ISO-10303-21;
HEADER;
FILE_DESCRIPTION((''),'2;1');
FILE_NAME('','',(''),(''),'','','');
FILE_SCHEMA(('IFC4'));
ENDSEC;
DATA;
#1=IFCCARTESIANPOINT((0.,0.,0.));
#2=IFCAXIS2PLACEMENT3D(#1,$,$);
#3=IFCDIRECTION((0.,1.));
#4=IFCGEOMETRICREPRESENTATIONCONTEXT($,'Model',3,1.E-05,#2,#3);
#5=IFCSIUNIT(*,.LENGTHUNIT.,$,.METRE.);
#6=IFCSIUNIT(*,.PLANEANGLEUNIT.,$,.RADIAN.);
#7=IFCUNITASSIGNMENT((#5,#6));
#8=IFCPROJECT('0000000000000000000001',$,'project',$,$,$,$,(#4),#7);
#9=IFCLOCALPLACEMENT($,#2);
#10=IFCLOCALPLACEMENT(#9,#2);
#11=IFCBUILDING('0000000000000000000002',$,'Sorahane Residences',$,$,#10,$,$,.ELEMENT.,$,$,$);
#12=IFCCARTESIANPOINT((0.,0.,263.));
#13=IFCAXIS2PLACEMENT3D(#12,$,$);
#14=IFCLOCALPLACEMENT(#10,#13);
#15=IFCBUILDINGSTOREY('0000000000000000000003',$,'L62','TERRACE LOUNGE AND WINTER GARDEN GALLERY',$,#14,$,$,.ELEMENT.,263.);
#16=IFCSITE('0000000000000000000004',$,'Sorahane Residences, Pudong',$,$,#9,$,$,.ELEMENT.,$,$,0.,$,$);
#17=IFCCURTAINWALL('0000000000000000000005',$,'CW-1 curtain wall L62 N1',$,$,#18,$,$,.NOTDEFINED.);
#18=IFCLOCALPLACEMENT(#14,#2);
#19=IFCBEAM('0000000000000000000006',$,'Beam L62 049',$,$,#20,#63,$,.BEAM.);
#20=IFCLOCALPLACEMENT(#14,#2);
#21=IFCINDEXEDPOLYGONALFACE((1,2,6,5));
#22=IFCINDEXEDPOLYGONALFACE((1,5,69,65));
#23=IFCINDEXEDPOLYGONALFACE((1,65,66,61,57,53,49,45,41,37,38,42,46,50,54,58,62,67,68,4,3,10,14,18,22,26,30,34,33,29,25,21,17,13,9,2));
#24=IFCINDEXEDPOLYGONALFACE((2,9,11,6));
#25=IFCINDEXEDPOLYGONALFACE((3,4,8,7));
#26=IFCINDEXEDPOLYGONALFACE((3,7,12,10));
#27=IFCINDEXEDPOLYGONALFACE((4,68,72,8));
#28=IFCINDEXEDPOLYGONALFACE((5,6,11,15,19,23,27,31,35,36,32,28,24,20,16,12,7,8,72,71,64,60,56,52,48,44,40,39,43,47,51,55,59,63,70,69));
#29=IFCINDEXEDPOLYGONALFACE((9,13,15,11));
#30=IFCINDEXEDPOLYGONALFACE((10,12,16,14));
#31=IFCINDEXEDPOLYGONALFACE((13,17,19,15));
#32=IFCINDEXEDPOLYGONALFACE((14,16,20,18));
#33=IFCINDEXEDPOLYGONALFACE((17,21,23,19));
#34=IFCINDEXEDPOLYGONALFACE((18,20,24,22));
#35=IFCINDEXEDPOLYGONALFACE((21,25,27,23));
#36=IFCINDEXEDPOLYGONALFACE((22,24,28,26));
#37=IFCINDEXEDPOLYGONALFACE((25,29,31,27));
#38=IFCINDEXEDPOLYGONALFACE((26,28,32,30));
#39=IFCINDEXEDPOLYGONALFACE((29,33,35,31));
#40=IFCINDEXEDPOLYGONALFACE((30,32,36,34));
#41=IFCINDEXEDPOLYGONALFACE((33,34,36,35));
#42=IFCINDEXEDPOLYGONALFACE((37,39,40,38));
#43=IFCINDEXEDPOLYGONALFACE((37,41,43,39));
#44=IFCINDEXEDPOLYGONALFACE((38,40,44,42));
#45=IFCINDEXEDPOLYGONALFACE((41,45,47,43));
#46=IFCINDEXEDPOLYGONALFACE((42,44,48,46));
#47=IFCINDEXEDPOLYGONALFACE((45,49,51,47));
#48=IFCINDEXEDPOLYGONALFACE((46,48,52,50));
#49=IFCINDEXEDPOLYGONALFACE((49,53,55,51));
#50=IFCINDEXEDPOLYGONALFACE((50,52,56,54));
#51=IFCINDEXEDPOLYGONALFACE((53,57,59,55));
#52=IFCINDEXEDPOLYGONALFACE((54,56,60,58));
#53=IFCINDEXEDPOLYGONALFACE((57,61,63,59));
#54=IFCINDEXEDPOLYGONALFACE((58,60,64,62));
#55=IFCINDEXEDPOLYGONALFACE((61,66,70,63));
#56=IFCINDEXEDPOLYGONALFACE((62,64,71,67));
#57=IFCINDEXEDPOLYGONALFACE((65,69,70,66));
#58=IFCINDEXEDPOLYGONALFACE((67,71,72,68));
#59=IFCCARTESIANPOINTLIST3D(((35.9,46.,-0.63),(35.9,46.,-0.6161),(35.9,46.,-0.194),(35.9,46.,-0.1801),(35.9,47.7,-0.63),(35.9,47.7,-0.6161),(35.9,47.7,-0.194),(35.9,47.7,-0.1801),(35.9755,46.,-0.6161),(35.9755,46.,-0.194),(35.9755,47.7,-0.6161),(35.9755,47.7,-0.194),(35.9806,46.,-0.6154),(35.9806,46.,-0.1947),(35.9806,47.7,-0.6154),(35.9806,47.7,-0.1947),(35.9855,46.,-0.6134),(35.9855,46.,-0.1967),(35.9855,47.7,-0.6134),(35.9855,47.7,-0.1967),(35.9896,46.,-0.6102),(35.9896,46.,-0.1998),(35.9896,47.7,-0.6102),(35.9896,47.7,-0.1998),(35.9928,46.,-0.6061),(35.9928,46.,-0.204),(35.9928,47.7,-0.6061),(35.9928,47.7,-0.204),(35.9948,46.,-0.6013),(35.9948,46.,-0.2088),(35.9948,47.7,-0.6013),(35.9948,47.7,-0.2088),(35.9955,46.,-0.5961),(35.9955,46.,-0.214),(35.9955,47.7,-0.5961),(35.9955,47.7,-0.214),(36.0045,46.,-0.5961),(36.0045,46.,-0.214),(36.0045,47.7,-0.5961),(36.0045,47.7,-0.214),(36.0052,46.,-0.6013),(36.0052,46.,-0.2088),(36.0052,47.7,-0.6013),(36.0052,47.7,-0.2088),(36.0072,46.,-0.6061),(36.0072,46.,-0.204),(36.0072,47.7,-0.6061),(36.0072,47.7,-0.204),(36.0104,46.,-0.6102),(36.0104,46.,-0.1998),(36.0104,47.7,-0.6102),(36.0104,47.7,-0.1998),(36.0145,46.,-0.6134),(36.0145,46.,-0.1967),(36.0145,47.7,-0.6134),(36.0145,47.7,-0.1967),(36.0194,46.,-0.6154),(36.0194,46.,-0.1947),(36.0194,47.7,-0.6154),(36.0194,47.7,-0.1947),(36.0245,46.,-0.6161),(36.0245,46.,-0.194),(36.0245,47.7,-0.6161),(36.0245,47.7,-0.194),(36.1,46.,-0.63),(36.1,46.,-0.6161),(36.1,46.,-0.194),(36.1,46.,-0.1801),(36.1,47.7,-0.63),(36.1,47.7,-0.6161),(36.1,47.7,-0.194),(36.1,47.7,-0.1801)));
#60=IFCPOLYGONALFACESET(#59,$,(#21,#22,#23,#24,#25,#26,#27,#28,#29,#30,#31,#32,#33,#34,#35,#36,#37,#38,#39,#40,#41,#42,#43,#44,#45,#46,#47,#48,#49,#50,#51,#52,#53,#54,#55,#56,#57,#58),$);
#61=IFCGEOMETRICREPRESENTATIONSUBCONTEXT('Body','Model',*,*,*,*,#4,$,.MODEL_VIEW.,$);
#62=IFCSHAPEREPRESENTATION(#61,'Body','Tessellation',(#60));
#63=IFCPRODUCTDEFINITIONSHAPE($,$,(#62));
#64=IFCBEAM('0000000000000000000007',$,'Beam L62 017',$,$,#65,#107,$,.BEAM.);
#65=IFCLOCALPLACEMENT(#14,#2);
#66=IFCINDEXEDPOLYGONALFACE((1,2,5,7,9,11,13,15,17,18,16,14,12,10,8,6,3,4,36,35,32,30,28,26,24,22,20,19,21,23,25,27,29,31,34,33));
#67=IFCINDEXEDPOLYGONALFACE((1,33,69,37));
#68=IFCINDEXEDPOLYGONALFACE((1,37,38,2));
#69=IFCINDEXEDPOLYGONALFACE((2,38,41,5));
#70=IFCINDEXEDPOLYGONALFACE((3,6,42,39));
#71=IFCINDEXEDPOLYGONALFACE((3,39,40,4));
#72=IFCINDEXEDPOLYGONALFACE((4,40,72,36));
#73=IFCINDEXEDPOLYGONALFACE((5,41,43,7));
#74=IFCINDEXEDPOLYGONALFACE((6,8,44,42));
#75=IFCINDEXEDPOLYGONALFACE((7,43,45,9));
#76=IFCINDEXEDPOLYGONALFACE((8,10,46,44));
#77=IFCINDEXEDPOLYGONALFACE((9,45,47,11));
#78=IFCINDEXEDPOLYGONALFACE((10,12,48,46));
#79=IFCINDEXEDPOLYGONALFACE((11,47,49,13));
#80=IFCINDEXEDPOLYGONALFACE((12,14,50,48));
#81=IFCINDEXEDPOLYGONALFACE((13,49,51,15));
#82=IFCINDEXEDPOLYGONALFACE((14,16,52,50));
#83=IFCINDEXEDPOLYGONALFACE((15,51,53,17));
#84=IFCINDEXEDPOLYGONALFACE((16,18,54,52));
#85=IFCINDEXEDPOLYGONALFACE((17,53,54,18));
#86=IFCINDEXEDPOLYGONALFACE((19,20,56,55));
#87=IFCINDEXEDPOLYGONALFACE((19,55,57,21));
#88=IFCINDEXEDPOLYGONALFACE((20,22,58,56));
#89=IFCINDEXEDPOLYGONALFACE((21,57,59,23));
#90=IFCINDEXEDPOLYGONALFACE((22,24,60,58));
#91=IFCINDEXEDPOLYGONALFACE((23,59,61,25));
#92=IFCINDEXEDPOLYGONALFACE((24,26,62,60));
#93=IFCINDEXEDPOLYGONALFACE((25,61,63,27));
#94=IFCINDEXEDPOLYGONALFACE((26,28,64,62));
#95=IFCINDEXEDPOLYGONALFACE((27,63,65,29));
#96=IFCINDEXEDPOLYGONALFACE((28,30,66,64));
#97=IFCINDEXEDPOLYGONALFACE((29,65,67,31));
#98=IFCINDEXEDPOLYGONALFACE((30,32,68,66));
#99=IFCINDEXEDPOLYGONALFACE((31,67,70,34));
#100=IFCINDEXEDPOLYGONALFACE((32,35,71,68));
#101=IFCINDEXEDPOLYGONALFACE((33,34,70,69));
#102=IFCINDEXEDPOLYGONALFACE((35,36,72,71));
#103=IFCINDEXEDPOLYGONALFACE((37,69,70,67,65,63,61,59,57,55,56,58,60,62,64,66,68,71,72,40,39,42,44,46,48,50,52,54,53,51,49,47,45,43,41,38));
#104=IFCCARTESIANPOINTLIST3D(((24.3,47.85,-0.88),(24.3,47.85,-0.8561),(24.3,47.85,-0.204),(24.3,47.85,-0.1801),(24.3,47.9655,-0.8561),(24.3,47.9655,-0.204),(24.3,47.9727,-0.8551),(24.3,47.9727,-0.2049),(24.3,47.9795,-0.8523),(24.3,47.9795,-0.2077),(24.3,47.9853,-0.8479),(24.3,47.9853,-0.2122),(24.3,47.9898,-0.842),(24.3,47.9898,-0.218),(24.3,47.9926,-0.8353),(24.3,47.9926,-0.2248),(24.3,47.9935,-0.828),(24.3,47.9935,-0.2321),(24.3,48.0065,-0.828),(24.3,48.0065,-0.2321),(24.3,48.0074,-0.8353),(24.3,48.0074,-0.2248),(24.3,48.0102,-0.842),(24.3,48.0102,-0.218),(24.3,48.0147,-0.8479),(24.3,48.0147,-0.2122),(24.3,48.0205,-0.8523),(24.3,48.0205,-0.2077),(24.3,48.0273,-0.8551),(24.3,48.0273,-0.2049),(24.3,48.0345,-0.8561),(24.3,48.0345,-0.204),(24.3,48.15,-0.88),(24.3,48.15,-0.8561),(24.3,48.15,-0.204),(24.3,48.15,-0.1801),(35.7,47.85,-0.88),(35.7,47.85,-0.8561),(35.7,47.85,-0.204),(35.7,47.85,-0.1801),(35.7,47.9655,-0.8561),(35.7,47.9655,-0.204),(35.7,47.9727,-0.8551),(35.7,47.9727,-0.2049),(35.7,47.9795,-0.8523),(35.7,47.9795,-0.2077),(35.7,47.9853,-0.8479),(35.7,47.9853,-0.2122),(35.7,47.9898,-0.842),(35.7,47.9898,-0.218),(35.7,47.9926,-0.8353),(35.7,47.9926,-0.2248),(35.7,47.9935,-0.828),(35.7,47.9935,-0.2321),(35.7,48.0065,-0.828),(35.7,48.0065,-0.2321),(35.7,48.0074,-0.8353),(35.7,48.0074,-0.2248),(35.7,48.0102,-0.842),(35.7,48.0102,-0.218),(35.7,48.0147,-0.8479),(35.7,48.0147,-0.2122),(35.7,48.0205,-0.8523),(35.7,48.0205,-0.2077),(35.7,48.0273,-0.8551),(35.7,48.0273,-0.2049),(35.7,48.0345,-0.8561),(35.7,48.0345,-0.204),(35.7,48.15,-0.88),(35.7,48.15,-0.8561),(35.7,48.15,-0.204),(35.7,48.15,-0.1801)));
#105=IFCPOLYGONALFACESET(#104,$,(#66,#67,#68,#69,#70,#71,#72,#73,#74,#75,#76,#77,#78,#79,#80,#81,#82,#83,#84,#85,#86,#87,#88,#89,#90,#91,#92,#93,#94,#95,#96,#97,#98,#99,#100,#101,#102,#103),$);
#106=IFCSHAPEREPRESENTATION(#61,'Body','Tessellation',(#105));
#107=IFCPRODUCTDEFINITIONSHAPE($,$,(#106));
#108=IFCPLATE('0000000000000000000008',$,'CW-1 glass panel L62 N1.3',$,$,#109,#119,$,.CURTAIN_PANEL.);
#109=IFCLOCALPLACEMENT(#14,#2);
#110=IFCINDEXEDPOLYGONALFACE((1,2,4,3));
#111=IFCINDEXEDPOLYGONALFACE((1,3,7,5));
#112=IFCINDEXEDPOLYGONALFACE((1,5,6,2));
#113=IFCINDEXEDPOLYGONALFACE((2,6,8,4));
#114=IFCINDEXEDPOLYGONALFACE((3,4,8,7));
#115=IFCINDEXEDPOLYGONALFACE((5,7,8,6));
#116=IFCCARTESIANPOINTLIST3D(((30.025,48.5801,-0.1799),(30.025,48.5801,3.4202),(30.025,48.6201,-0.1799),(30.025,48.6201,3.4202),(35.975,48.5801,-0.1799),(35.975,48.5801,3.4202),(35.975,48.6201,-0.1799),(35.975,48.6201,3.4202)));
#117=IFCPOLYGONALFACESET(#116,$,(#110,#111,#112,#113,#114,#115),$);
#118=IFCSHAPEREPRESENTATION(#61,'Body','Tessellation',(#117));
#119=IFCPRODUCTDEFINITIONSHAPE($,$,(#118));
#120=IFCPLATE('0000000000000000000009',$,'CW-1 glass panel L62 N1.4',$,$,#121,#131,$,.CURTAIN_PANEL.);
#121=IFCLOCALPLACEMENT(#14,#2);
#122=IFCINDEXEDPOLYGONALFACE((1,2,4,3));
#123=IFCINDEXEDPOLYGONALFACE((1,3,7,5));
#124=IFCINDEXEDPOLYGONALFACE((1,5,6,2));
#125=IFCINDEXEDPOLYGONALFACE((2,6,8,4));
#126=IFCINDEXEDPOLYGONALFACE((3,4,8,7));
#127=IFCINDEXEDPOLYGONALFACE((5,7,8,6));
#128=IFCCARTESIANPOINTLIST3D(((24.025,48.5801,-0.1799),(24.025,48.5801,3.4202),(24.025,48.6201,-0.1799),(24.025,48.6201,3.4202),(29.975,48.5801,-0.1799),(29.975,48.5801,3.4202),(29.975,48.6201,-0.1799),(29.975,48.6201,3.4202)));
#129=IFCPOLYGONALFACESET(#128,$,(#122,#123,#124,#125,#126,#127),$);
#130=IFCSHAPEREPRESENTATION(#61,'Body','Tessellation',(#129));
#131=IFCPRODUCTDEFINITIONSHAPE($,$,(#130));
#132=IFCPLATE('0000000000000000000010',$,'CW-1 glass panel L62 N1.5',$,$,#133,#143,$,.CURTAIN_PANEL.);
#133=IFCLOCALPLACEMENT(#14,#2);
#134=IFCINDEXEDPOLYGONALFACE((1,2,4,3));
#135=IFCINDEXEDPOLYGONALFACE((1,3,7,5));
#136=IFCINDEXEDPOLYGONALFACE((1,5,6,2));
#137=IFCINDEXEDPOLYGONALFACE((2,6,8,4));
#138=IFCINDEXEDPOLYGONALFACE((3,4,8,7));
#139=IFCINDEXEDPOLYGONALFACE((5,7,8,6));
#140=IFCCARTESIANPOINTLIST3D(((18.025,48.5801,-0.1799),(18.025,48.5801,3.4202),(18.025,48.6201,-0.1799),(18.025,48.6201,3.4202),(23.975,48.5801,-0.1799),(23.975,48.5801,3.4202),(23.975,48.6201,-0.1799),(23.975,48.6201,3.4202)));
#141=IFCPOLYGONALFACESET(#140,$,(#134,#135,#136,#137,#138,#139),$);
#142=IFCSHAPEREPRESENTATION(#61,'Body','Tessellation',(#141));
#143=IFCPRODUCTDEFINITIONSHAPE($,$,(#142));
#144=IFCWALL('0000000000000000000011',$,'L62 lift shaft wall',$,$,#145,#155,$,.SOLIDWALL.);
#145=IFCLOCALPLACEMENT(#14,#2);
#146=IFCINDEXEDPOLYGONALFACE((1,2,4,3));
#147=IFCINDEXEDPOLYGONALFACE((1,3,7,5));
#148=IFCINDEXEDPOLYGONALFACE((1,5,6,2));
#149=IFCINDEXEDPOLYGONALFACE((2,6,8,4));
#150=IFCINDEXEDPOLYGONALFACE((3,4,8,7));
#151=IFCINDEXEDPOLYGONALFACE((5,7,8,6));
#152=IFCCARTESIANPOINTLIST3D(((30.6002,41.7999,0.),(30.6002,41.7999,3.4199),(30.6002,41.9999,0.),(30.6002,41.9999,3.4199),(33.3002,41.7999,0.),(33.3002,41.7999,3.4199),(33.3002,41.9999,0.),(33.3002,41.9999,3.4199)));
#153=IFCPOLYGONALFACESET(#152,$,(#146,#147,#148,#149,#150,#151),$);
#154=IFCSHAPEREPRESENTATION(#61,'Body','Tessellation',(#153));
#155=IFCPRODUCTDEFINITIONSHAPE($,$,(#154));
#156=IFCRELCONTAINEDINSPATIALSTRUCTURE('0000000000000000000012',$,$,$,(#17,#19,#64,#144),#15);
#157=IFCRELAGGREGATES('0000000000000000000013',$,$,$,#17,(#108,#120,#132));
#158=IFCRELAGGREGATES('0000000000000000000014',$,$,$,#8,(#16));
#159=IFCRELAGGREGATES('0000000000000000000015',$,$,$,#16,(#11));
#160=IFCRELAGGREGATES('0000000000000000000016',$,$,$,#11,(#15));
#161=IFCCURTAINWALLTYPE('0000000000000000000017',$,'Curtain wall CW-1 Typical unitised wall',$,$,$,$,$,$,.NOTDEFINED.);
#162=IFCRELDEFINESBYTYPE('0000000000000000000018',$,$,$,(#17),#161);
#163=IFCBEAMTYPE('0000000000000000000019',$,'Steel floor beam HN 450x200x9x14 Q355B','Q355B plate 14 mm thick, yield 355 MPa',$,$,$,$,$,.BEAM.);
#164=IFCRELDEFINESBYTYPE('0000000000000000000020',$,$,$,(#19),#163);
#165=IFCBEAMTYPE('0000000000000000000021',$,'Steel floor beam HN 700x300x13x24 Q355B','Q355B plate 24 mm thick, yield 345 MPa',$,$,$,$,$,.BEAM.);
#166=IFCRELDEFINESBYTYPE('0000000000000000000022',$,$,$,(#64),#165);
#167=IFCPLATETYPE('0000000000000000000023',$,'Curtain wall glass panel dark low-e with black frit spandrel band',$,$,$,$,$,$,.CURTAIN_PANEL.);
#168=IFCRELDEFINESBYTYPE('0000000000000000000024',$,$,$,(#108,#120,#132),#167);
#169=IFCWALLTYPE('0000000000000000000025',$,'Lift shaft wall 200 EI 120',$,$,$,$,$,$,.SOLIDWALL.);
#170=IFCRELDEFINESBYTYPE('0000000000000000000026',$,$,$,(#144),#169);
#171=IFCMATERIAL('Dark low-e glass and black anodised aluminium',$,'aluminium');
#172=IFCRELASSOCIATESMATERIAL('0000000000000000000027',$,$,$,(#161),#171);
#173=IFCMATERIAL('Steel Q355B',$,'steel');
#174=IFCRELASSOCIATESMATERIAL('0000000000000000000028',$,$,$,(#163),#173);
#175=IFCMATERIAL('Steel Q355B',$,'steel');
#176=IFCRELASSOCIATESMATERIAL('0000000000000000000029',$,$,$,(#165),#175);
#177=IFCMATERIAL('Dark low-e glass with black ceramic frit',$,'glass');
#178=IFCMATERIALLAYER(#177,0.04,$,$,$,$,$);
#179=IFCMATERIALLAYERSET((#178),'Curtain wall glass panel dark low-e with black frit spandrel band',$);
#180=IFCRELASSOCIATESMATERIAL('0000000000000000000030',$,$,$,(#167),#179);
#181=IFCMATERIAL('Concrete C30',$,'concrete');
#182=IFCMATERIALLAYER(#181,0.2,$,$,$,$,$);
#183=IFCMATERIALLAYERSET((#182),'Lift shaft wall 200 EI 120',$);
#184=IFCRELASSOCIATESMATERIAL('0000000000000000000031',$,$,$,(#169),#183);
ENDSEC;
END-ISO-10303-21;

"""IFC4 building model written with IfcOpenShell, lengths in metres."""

from ifc_helpers import new_model, si_unit, direction, frame, frame_2d, origin, origin_2d, place, context, subcontext, project, spatial, rectangle, i_section, extrude, material, layer, layer_set, material_profile, profile_set, type_object, element, aggregate, save


model = new_model("IFC4")

# Units and contexts
model_context = context("Model", 3, precision=1e-05, world=origin(), true_north=direction((0.0, 1.0)))
body_context = subcontext(model_context, "Body", "Model", "MODEL_VIEW")
ifc_project = project(units=[si_unit("LENGTHUNIT", "METRE"), si_unit("PLANEANGLEUNIT", "RADIAN")], contexts=[model_context])

# Site, building, storey
site_placement = place(None, origin())
site = spatial("IfcSite", under=ifc_project, at=site_placement, Name="Sorahane Residences, Pudong", CompositionType="ELEMENT", RefElevation=0.0)
building_placement = place(site_placement, origin())
building = spatial("IfcBuilding", under=site, at=building_placement, Name="Sorahane Residences", CompositionType="ELEMENT")
storey_placement = place(building_placement, frame((0.0, 0.0, 263.0)))
storey = spatial("IfcBuildingStorey", under=building, at=storey_placement, Name="L62", Description="TERRACE LOUNGE AND WINTER GARDEN GALLERY", CompositionType="ELEMENT", Elevation=263.0)

# Curtain wall
ifc_material_1 = material(Name="Dark low-e glass and black anodised aluminium", Category="aluminium")
curtain_wall_type = type_object("IfcCurtainWallType", Name="Curtain wall CW-1 Typical unitised wall", PredefinedType="NOTDEFINED", material=ifc_material_1)
curtain_wall_placement = place(storey_placement, origin())
curtain_wall = element("IfcCurtainWall", 1, at=curtain_wall_placement, inside=storey, type_object=curtain_wall_type, Name="CW-1 curtain wall L62 N1", PredefinedType="NOTDEFINED")

# Beams
ifc_material_2 = material(Name="Steel Q355B", Category="steel")
ifc_material_profile_1 = material_profile(ifc_material_2, i_section(OverallWidth=0.2, OverallDepth=0.45, WebThickness=0.009, FlangeThickness=0.0139, FilletRadius=0.02, at=origin_2d()), Name="HN 450x200x9x14")
ifc_profile_set_1 = profile_set([ifc_material_profile_1], Name="Steel Q355B")
beam_type_1 = type_object("IfcBeamType", Name="Steel floor beam HN 450x200x9x14 Q355B", Description="Q355B plate 14 mm thick, yield 355 MPa", PredefinedType="BEAM", material=ifc_profile_set_1)
beam_1_placement = place(storey_placement, frame((36.0, 46.0, -0.405), z_axis=(0.0, 1.0, 0.0), x_axis=(-1.0, 0.0, 0.0)))
element("IfcBeam", 2, at=beam_1_placement, inside=storey, type_object=beam_type_1, Name="Beam L62 049", PredefinedType="BEAM", context=body_context, shape_type="SweptSolid", body=[
    extrude(i_section(OverallWidth=0.2, OverallDepth=0.45, WebThickness=0.009, FlangeThickness=0.0139, FilletRadius=0.02, at=origin_2d()), origin(), (0.0, 0.0, 1.0), 1.7),
])
ifc_material_3 = material(Name="Steel Q355B", Category="steel")
ifc_material_profile_2 = material_profile(ifc_material_3, i_section(OverallWidth=0.3, OverallDepth=0.7, WebThickness=0.0129, FlangeThickness=0.0239, FilletRadius=0.0281, at=origin_2d()), Name="HN 700x300x13x24")
ifc_profile_set_2 = profile_set([ifc_material_profile_2], Name="Steel Q355B")
beam_type_2 = type_object("IfcBeamType", Name="Steel floor beam HN 700x300x13x24 Q355B", Description="Q355B plate 24 mm thick, yield 345 MPa", PredefinedType="BEAM", material=ifc_profile_set_2)
beam_2_placement = place(storey_placement, frame((24.3, 48.0, -0.53), z_axis=(1.0, 0.0, 0.0), x_axis=(0.0, 1.0, 0.0)))
element("IfcBeam", 3, at=beam_2_placement, inside=storey, type_object=beam_type_2, Name="Beam L62 017", PredefinedType="BEAM", context=body_context, shape_type="SweptSolid", body=[
    extrude(i_section(OverallWidth=0.3, OverallDepth=0.7, WebThickness=0.0129, FlangeThickness=0.0239, FilletRadius=0.0281, at=origin_2d()), origin(), (0.0, 0.0, 1.0), 11.3999),
])

# Plates
ifc_material_4 = material(Name="Dark low-e glass with black ceramic frit", Category="glass")
ifc_layer_1 = layer(ifc_material_4, 0.04)
ifc_layer_set_1 = layer_set([ifc_layer_1], Name="Curtain wall glass panel dark low-e with black frit spandrel band")
plate_type = type_object("IfcPlateType", Name="Curtain wall glass panel dark low-e with black frit spandrel band", PredefinedType="CURTAIN_PANEL", material=ifc_layer_set_1)
plate_1_placement = place(storey_placement, frame((33.0, 48.6001, -0.1799), z_axis=(0.0, 0.0, 1.0), x_axis=(-1.0, 0.0, 0.0)))
plate_1 = element("IfcPlate", 4, at=plate_1_placement, type_object=plate_type, Name="CW-1 glass panel L62 N1.3", PredefinedType="CURTAIN_PANEL", context=body_context, shape_type="SweptSolid", body=[
    extrude(rectangle(XDim=5.95, YDim=0.04, at=origin_2d()), origin(), (0.0, 0.0, 1.0), 3.6001),
])
plate_2_placement = place(storey_placement, frame((27.0, 48.6001, -0.1799), z_axis=(0.0, 0.0, 1.0), x_axis=(-1.0, 0.0, 0.0)))
plate_2 = element("IfcPlate", 5, at=plate_2_placement, type_object=plate_type, Name="CW-1 glass panel L62 N1.4", PredefinedType="CURTAIN_PANEL", context=body_context, shape_type="SweptSolid", body=[
    extrude(rectangle(XDim=5.95, YDim=0.04, at=origin_2d()), origin(), (0.0, 0.0, 1.0), 3.6001),
])
plate_3_placement = place(storey_placement, frame((21.0, 48.6001, -0.1799), z_axis=(0.0, 0.0, 1.0), x_axis=(-1.0, 0.0, 0.0)))
plate_3 = element("IfcPlate", 6, at=plate_3_placement, type_object=plate_type, Name="CW-1 glass panel L62 N1.5", PredefinedType="CURTAIN_PANEL", context=body_context, shape_type="SweptSolid", body=[
    extrude(rectangle(XDim=5.95, YDim=0.04, at=origin_2d()), origin(), (0.0, 0.0, 1.0), 3.6001),
])
aggregate(curtain_wall, [plate_1, plate_2, plate_3])

# Wall
ifc_material_5 = material(Name="Concrete C30", Category="concrete")
ifc_layer_2 = layer(ifc_material_5, 0.2)
ifc_layer_set_2 = layer_set([ifc_layer_2], Name="Lift shaft wall 200 EI 120")
wall_type = type_object("IfcWallType", Name="Lift shaft wall 200 EI 120", PredefinedType="SOLIDWALL", material=ifc_layer_set_2)
wall_placement = place(storey_placement, frame((30.6001, 41.8999, 0.0), z_axis=(0.0, 0.0, 1.0), x_axis=(1.0, 0.0, 0.0)))
element("IfcWall", 7, at=wall_placement, inside=storey, type_object=wall_type, Name="L62 lift shaft wall", PredefinedType="SOLIDWALL", context=body_context, shape_type="SweptSolid", body=[
    extrude(rectangle(XDim=2.7, YDim=0.2, at=frame_2d((1.3501, 0.0))), origin(), (0.0, 0.0, 1.0), 3.4199),
])

save(model, "model.ifc")
